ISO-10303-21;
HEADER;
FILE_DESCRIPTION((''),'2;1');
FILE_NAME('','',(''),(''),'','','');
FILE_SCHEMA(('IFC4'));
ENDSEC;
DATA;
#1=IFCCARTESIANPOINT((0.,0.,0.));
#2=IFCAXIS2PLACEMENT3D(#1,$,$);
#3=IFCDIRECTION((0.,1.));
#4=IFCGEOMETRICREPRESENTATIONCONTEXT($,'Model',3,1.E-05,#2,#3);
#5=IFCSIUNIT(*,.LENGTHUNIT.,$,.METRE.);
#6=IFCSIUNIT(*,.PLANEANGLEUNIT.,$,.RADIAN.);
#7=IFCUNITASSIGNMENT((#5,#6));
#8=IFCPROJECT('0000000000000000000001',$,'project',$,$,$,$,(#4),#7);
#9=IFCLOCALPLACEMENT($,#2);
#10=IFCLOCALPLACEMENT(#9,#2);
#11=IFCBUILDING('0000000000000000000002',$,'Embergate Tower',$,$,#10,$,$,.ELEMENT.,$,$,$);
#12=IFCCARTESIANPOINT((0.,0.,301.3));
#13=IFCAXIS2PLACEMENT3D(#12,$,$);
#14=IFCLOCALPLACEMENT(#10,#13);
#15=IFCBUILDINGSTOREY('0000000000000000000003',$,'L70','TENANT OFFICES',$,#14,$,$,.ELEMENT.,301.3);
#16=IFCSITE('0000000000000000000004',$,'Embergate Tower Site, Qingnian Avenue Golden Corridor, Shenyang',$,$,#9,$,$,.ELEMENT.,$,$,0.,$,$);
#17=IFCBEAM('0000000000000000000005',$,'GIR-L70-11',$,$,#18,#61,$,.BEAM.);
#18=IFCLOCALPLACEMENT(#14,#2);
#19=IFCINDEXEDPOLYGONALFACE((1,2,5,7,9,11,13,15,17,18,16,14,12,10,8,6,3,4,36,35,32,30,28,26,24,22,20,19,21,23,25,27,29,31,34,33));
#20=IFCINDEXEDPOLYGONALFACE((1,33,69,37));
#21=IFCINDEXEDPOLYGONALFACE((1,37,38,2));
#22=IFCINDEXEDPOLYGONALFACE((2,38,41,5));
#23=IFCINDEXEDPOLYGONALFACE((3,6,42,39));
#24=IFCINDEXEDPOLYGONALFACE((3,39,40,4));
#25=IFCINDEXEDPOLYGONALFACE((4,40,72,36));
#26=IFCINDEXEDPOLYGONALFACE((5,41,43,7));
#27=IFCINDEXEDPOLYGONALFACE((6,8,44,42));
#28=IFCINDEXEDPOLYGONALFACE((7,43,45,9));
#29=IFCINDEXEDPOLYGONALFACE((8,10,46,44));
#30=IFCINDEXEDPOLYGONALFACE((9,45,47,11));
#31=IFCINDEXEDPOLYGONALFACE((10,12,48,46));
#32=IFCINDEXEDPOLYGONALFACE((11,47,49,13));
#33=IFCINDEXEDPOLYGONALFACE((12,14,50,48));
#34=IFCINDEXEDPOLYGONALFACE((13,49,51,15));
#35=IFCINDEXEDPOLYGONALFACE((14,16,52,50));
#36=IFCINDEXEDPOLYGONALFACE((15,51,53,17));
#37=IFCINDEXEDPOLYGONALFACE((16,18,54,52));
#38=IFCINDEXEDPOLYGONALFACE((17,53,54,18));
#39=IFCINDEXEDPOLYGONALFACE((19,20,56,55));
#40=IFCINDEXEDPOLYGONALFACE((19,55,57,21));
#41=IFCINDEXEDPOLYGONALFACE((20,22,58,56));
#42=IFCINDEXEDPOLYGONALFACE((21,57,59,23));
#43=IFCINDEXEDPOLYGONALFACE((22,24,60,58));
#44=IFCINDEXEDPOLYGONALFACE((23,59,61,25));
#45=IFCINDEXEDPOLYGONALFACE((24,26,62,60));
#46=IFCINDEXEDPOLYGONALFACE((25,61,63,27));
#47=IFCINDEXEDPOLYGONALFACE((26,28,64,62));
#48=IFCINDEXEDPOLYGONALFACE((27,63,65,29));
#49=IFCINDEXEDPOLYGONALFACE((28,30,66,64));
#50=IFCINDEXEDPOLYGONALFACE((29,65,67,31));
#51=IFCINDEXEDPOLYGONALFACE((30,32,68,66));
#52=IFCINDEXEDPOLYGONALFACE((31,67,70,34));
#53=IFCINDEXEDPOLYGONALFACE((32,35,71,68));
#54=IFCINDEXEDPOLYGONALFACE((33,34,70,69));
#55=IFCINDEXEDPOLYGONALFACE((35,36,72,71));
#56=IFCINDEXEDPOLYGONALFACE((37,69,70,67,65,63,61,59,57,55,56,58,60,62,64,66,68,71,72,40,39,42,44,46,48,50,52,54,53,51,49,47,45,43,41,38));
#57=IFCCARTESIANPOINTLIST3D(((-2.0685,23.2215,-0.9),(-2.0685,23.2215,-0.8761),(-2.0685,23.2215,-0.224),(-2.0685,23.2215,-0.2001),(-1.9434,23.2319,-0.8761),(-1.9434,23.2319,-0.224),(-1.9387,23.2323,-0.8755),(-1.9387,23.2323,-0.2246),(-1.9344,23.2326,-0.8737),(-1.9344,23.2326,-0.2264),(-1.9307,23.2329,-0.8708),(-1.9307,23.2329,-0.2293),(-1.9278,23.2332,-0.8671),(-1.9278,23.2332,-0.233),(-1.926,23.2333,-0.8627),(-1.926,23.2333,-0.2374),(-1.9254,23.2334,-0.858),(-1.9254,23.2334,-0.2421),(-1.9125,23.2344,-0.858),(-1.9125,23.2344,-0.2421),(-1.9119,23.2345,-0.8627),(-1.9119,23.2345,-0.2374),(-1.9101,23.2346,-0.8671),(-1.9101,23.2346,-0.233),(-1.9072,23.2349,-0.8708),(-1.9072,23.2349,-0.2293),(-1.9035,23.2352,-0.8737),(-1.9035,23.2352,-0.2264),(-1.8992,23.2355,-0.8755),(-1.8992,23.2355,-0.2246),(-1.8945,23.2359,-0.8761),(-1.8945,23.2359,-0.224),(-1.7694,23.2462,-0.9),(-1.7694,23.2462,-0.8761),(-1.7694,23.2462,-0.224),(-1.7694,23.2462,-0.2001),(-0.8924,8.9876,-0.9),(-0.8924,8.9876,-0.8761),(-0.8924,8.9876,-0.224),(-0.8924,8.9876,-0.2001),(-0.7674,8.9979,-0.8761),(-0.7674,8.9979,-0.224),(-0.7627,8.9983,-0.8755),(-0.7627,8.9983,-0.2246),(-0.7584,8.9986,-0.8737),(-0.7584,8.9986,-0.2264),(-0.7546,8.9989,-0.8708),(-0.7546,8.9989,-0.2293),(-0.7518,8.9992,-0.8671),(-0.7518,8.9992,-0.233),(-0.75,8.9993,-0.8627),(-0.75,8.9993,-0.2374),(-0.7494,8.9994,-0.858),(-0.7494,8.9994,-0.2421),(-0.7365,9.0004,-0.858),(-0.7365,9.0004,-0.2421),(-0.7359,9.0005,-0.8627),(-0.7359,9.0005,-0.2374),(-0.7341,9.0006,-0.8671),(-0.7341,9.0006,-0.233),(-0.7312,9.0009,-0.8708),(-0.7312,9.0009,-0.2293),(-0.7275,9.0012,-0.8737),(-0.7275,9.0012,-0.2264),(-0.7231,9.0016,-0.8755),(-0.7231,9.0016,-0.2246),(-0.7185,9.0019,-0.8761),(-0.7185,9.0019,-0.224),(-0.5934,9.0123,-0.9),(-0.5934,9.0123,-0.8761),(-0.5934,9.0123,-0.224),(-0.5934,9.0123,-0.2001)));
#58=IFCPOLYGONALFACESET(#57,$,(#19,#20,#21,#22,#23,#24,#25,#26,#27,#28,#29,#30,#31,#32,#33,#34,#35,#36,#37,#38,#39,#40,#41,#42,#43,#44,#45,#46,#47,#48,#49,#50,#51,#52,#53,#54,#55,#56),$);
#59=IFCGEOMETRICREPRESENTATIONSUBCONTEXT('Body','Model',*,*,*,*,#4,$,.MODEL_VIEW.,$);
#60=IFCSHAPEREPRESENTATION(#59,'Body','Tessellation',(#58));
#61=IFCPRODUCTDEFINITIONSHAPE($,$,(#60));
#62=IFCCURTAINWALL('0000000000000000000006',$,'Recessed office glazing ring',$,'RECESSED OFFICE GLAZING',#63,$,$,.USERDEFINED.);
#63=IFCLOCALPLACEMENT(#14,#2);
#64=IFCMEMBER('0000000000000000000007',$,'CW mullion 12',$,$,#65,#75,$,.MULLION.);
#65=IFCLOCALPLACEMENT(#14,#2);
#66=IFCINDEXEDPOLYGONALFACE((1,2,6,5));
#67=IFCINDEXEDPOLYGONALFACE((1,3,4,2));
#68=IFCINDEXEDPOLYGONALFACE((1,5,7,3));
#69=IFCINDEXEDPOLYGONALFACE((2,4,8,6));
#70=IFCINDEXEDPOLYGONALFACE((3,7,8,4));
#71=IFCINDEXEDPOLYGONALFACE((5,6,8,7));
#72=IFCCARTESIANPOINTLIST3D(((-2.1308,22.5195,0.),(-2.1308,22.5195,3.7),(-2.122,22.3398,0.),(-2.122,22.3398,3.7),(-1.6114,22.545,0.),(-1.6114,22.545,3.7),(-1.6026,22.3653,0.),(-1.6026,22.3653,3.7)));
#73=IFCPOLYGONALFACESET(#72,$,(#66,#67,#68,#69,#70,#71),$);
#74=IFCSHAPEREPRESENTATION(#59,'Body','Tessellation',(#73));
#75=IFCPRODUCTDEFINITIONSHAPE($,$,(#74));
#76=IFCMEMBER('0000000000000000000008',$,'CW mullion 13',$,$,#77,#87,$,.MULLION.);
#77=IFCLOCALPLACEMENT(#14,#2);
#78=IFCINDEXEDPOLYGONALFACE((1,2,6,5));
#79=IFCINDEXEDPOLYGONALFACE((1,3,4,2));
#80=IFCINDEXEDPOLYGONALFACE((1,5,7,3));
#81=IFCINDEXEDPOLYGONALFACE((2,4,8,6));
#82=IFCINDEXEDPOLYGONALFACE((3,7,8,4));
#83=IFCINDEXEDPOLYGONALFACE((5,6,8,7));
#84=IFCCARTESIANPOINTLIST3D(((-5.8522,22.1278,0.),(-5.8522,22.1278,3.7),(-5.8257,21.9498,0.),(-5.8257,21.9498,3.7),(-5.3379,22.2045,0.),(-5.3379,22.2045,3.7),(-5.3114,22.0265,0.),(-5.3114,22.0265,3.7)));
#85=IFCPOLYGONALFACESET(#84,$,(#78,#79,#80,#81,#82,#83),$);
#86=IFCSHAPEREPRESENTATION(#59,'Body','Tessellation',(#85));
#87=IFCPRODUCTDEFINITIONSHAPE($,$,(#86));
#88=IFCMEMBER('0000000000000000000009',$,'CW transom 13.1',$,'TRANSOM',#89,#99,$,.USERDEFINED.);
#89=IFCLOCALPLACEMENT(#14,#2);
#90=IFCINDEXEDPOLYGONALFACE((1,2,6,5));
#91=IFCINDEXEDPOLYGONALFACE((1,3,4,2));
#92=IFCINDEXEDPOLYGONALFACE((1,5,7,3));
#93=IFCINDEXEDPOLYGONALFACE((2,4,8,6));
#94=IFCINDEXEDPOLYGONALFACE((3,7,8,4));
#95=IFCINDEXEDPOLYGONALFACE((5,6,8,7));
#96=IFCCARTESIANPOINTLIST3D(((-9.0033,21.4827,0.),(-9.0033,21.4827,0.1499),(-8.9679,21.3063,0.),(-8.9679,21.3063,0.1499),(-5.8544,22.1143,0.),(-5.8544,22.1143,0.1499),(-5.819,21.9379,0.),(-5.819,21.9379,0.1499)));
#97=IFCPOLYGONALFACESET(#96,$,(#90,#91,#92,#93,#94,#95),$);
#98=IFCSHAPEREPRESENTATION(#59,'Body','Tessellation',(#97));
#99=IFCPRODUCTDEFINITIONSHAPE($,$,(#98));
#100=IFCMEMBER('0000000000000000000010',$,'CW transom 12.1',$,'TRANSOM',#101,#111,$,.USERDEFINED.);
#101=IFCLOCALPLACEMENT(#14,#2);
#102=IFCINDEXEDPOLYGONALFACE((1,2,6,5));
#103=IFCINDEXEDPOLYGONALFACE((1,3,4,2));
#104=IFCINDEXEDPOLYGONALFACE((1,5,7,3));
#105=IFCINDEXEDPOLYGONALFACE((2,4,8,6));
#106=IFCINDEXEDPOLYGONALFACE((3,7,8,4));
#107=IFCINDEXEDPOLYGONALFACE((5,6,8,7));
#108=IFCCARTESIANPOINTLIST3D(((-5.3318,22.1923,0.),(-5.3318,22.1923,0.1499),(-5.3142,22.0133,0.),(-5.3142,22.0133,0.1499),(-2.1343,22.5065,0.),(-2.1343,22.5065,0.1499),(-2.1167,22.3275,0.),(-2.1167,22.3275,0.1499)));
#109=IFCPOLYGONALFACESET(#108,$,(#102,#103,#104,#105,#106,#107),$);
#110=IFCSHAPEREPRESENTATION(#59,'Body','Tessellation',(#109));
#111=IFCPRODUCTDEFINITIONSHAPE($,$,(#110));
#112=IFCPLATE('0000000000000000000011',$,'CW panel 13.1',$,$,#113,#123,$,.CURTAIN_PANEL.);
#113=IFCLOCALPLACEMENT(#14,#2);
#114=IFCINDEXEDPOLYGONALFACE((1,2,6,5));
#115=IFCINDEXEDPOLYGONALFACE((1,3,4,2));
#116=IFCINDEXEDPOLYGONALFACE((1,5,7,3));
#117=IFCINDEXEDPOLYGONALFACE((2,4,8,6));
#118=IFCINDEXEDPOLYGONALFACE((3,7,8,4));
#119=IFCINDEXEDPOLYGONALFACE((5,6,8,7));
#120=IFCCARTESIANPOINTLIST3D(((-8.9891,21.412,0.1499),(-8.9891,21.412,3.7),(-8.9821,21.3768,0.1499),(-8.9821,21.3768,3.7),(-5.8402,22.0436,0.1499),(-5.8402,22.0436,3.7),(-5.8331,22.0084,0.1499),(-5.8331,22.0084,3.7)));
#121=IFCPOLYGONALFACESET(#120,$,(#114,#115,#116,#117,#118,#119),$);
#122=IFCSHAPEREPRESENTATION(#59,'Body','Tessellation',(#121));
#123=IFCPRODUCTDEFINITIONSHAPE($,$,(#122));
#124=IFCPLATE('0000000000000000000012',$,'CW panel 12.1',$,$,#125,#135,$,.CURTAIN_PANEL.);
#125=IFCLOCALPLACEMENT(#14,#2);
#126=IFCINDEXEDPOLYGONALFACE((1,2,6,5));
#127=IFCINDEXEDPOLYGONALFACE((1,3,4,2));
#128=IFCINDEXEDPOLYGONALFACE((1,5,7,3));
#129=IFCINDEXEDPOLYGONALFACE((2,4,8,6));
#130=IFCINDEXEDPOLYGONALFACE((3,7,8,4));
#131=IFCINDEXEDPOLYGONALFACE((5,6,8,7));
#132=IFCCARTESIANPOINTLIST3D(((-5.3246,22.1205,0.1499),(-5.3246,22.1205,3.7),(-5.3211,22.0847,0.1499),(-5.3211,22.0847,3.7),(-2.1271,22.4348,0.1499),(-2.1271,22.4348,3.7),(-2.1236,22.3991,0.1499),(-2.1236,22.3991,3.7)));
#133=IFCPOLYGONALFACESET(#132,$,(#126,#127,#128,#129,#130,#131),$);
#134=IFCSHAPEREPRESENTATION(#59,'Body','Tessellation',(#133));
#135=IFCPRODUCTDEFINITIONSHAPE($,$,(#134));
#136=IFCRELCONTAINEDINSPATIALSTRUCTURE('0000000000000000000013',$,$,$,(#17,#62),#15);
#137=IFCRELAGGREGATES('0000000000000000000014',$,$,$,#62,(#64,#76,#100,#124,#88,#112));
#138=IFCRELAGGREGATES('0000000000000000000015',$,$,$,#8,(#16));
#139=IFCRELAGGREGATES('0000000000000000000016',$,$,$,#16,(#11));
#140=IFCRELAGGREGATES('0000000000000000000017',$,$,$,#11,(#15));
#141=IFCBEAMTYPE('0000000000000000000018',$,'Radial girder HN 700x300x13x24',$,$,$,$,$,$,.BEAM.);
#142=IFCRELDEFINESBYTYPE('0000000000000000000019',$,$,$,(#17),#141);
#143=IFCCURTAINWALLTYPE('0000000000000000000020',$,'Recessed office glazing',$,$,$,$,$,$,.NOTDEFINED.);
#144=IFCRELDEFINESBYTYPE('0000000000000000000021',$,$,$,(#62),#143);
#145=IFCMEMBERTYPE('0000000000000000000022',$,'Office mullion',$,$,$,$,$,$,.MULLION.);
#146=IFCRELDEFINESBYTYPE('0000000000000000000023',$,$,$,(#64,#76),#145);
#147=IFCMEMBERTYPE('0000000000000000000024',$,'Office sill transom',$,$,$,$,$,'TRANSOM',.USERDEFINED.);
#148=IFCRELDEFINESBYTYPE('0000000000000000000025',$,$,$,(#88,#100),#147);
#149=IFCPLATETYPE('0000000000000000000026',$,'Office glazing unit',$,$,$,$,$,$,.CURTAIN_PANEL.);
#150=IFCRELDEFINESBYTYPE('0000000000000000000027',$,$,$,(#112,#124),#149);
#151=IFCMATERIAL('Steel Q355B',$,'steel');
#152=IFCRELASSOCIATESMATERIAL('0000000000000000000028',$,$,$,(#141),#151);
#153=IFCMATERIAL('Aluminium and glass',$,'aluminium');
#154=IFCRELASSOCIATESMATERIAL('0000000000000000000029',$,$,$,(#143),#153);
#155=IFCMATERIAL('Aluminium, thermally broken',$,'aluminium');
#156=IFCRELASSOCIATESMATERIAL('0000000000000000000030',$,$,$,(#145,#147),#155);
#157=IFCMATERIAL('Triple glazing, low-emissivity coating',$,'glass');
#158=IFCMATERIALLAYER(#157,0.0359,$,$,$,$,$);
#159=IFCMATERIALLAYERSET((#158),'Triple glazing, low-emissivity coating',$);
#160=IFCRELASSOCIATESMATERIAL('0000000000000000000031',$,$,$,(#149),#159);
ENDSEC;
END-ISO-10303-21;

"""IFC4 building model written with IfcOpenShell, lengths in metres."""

from ifc_helpers import new_model, si_unit, direction, frame, origin, origin_2d, place, context, subcontext, project, spatial, rectangle, i_section, extrude, source, transform, mapped, material, layer, layer_set, material_profile, profile_set, type_object, element, aggregate, save


model = new_model("IFC4")

# Units and contexts
model_context = context("Model", 3, precision=1e-05, world=origin(), true_north=direction((0.0, 1.0)))
body_context = subcontext(model_context, "Body", "Model", "MODEL_VIEW")
ifc_project = project(units=[si_unit("LENGTHUNIT", "METRE"), si_unit("PLANEANGLEUNIT", "RADIAN")], contexts=[model_context])

# Site, building, storey
site_placement = place(None, origin())
site = spatial("IfcSite", under=ifc_project, at=site_placement, Name="Embergate Tower Site, Qingnian Avenue Golden Corridor, Shenyang", CompositionType="ELEMENT", RefElevation=0.0)
building_placement = place(site_placement, origin())
building = spatial("IfcBuilding", under=site, at=building_placement, Name="Embergate Tower", CompositionType="ELEMENT")
storey_placement = place(building_placement, frame((0.0, 0.0, 301.3)))
storey = spatial("IfcBuildingStorey", under=building, at=storey_placement, Name="L70", Description="TENANT OFFICES", CompositionType="ELEMENT", Elevation=301.3)

# Beam
ifc_material_1 = material(Name="Steel Q355B", Category="steel")
ifc_material_profile_1 = material_profile(ifc_material_1, i_section(OverallWidth=0.3, OverallDepth=0.7, WebThickness=0.0129, FlangeThickness=0.0239, FilletRadius=0.0181, at=origin_2d()), Name="HN 700x300x13x24")
ifc_profile_set_1 = profile_set([ifc_material_profile_1], Name="Steel Q355 grade B")
beam_type_1 = type_object("IfcBeamType", Name="Radial girder HN 700x300x13x24", PredefinedType="BEAM", material=ifc_profile_set_1)
shared_shape_1 = source(origin(), body_context, "Body", "SweptSolid", [
    extrude(i_section(OverallWidth=0.3, OverallDepth=0.7, WebThickness=0.0129, FlangeThickness=0.0239, FilletRadius=0.0181, at=origin_2d()), origin(), (0.0, 0.0, 1.0), 14.2825),
])
beam_1_placement = place(storey_placement, frame((-1.9189, 23.2339, -0.55), z_axis=(0.082341, -0.996604, 0.0), x_axis=(0.996604, 0.082341, 0.0)))
element("IfcBeam", 1, at=beam_1_placement, inside=storey, type_object=beam_type_1, Name="GIR-L70-11", PredefinedType="BEAM", context=body_context, shape_type="MappedRepresentation", body=[
    mapped(shared_shape_1, transform((0.0, 0.0, 0.0))),
])

# Curtain wall, members, plates
ifc_material_2 = material(Name="Aluminium and glass", Category="aluminium")
curtain_wall_type = type_object("IfcCurtainWallType", Name="Recessed office glazing", PredefinedType="NOTDEFINED", material=ifc_material_2)
curtain_wall_placement = place(storey_placement, origin())
curtain_wall = element("IfcCurtainWall", 2, at=curtain_wall_placement, inside=storey, type_object=curtain_wall_type, Name="Recessed office glazing ring", ObjectType="RECESSED OFFICE GLAZING", PredefinedType="USERDEFINED")
ifc_material_3 = material(Name="Aluminium, thermally broken", Category="aluminium")
ifc_material_profile_2 = material_profile(ifc_material_3, rectangle(XDim=0.1799, YDim=0.52, at=origin_2d()), Name="AL 520x180")
ifc_profile_set_2 = profile_set([ifc_material_profile_2], Name="Aluminium, thermally broken")
member_type_1 = type_object("IfcMemberType", Name="Office mullion", PredefinedType="MULLION", material=ifc_profile_set_2)
shared_shape_2 = source(origin(), body_context, "Body", "SweptSolid", [
    extrude(rectangle(XDim=0.1799, YDim=0.52, at=origin_2d()), origin(), (0.0, 0.0, 1.0), 3.7),
])
member_1_placement = place(storey_placement, frame((-1.8667, 22.4424, 0.0), z_axis=(0.0, 0.0, 1.0), x_axis=(0.048972, -0.9988, 0.0)))
member_1 = element("IfcMember", 3, at=member_1_placement, type_object=member_type_1, Name="CW mullion 12", PredefinedType="MULLION", context=body_context, shape_type="MappedRepresentation", body=[
    mapped(shared_shape_2, transform((0.0, 0.0, 0.0))),
])
member_2_placement = place(storey_placement, frame((-5.5818, 22.0771, 0.0), z_axis=(0.0, 0.0, 1.0), x_axis=(0.147412, -0.989075, 0.0)))
member_2 = element("IfcMember", 4, at=member_2_placement, type_object=member_type_1, Name="CW mullion 13", PredefinedType="MULLION", context=body_context, shape_type="MappedRepresentation", body=[
    mapped(shared_shape_2, transform((0.0, 0.0, 0.0))),
])
ifc_material_profile_3 = material_profile(ifc_material_3, rectangle(XDim=0.1799, YDim=0.1499, at=origin_2d()), Name="AL 150x180")
ifc_profile_set_3 = profile_set([ifc_material_profile_3], Name="Aluminium, thermally broken")
member_type_2 = type_object("IfcMemberType", Name="Office sill transom", ElementType="TRANSOM", PredefinedType="USERDEFINED", material=ifc_profile_set_3)
shared_shape_3 = source(origin(), body_context, "Body", "SweptSolid", [
    extrude(rectangle(XDim=0.1799, YDim=0.1499, at=origin_2d()), origin(), (0.0, 0.0, 1.0), 3.2117),
])
member_3_placement = place(storey_placement, frame((-5.8367, 22.0261, 0.075), z_axis=(-0.980472, -0.196657, 0.0), x_axis=(0.196657, -0.980472, 0.0)))
member_3 = element("IfcMember", 5, at=member_3_placement, type_object=member_type_2, Name="CW transom 13.1", ObjectType="TRANSOM", PredefinedType="USERDEFINED", context=body_context, shape_type="MappedRepresentation", body=[
    mapped(shared_shape_3, transform((0.0, 0.0, 0.0))),
])
shared_shape_4 = source(origin(), body_context, "Body", "SweptSolid", [
    extrude(rectangle(XDim=0.1799, YDim=0.1499, at=origin_2d()), origin(), (0.0, 0.0, 1.0), 3.2129),
])
member_4_placement = place(storey_placement, frame((-2.1255, 22.417, 0.075), z_axis=(-0.995207, -0.097796, 0.0), x_axis=(0.097796, -0.995207, 0.0)))
member_4 = element("IfcMember", 6, at=member_4_placement, type_object=member_type_2, Name="CW transom 12.1", ObjectType="TRANSOM", PredefinedType="USERDEFINED", context=body_context, shape_type="MappedRepresentation", body=[
    mapped(shared_shape_4, transform((0.0, 0.0, 0.0))),
])
ifc_material_4 = material(Name="Triple glazing, low-emissivity coating", Category="glass")
ifc_layer = layer(ifc_material_4, 0.0359)
ifc_layer_set = layer_set([ifc_layer], Name="Triple glazing, low-emissivity coating")
plate_type = type_object("IfcPlateType", Name="Office glazing unit", PredefinedType="CURTAIN_PANEL", material=ifc_layer_set)
shared_shape_5 = source(origin(), body_context, "Body", "SweptSolid", [
    extrude(rectangle(XDim=3.2117, YDim=0.0359, at=origin_2d()), origin(), (0.0, 0.0, 1.0), 3.55),
])
plate_1_placement = place(storey_placement, frame((-7.4111, 21.7102, 0.1499), z_axis=(0.0, 0.0, 1.0), x_axis=(-0.980475, -0.196643, 0.0)))
plate_1 = element("IfcPlate", 7, at=plate_1_placement, type_object=plate_type, Name="CW panel 13.1", PredefinedType="CURTAIN_PANEL", context=body_context, shape_type="MappedRepresentation", body=[
    mapped(shared_shape_5, transform((0.0, 0.0, 0.0))),
])
shared_shape_6 = source(origin(), body_context, "Body", "SweptSolid", [
    extrude(rectangle(XDim=3.2129, YDim=0.0359, at=origin_2d()), origin(), (0.0, 0.0, 1.0), 3.55),
])
plate_2_placement = place(storey_placement, frame((-3.7241, 22.2598, 0.1499), z_axis=(0.0, 0.0, 1.0), x_axis=(-0.995203, -0.097831, 0.0)))
plate_2 = element("IfcPlate", 8, at=plate_2_placement, type_object=plate_type, Name="CW panel 12.1", PredefinedType="CURTAIN_PANEL", context=body_context, shape_type="MappedRepresentation", body=[
    mapped(shared_shape_6, transform((0.0, 0.0, 0.0))),
])
aggregate(curtain_wall, [member_1, member_2, member_4, plate_2, member_3, plate_1])

save(model, "model.ifc")
